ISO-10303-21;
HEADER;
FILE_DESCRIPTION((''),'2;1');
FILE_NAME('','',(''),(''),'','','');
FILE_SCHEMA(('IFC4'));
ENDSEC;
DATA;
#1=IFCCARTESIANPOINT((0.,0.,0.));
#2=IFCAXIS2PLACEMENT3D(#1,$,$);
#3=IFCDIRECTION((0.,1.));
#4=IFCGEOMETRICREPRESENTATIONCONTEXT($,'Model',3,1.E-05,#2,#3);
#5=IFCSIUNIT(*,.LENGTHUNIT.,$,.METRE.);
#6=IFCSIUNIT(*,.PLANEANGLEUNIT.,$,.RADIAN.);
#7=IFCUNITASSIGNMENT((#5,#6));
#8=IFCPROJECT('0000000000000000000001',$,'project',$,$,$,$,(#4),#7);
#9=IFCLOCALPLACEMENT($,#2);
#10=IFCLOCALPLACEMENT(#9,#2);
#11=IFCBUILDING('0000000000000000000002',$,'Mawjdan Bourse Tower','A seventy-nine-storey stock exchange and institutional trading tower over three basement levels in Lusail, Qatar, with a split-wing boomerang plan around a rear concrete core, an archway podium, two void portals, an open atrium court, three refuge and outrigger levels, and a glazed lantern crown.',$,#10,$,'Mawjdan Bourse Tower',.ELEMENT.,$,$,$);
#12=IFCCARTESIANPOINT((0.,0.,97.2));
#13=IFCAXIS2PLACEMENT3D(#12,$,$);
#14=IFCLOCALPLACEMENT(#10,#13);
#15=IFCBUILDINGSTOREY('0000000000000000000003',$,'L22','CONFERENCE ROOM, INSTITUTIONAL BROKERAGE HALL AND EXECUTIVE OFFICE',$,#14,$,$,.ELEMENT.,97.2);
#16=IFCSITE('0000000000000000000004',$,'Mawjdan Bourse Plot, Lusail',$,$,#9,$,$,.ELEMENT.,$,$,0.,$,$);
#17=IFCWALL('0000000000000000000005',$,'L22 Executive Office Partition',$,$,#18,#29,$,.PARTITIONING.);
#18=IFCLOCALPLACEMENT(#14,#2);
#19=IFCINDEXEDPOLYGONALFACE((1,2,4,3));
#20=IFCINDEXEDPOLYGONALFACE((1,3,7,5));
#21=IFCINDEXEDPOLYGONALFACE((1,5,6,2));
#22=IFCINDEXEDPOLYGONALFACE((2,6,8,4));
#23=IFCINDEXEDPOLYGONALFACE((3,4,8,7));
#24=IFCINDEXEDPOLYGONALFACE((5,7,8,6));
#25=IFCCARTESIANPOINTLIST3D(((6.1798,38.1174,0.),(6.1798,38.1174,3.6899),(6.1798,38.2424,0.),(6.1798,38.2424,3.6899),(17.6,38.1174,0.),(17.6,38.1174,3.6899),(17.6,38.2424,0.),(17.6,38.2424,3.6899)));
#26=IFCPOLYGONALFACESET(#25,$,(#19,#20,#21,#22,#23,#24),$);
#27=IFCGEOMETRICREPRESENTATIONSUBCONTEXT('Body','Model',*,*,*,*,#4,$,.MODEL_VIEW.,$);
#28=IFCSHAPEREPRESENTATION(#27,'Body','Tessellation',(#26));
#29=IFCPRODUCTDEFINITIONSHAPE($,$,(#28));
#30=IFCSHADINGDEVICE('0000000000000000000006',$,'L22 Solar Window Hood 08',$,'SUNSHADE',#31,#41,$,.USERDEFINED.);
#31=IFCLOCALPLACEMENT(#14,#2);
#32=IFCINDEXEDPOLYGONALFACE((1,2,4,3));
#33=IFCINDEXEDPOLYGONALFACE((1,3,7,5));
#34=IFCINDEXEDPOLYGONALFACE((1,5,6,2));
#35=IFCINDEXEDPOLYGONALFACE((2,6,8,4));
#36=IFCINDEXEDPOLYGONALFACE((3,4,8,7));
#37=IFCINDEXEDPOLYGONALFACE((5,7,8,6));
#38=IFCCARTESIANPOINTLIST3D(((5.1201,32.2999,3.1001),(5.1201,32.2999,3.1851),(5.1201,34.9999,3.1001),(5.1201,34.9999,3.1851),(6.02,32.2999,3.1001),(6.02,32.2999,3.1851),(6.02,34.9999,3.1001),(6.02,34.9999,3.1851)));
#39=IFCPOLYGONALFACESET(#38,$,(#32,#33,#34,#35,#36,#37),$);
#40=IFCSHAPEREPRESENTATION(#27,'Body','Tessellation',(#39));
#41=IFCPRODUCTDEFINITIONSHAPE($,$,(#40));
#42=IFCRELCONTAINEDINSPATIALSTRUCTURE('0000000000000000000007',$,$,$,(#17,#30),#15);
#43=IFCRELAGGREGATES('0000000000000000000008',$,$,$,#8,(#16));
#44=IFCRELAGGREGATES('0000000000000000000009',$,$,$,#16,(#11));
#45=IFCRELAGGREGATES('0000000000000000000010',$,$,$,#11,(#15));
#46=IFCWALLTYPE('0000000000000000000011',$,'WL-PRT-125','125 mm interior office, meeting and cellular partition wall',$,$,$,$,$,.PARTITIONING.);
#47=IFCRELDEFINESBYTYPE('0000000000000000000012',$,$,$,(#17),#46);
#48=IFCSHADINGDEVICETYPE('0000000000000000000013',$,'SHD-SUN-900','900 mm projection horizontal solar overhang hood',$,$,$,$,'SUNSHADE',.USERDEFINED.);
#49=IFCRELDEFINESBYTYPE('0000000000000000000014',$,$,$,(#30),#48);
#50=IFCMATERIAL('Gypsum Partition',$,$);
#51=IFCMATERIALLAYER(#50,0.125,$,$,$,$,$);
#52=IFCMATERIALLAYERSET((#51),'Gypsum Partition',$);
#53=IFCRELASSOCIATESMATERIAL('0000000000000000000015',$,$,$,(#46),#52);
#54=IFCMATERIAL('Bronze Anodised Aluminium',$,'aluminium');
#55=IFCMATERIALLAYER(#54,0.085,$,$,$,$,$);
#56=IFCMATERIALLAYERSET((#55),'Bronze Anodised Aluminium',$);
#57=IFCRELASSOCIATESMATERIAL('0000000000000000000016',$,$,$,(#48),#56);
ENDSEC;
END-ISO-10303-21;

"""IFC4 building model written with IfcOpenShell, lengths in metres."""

from ifc_helpers import new_model, si_unit, direction, frame, frame_2d, origin, origin_2d, place, context, subcontext, project, spatial, rectangle, extrude, material, layer, layer_set, type_object, element, save


model = new_model("IFC4")

# Units and contexts
model_context = context("Model", 3, precision=1e-05, world=origin(), true_north=direction((0.0, 1.0)))
body_context = subcontext(model_context, "Body", "Model", "MODEL_VIEW")
ifc_project = project(units=[si_unit("LENGTHUNIT", "METRE"), si_unit("PLANEANGLEUNIT", "RADIAN")], contexts=[model_context])

# Site, building, storey
site_placement = place(None, origin())
site = spatial("IfcSite", under=ifc_project, at=site_placement, Name="Mawjdan Bourse Plot, Lusail", CompositionType="ELEMENT", RefElevation=0.0)
building_placement = place(site_placement, origin())
building = spatial("IfcBuilding", under=site, at=building_placement, Name="Mawjdan Bourse Tower", Description="A seventy-nine-storey stock exchange and institutional trading tower over three basement levels in Lusail, Qatar, with a split-wing boomerang plan around a rear concrete core, an archway podium, two void portals, an open atrium court, three refuge and outrigger levels, and a glazed lantern crown.", LongName="Mawjdan Bourse Tower", CompositionType="ELEMENT")
storey_placement = place(building_placement, frame((0.0, 0.0, 97.2)))
storey = spatial("IfcBuildingStorey", under=building, at=storey_placement, Name="L22", Description="CONFERENCE ROOM, INSTITUTIONAL BROKERAGE HALL AND EXECUTIVE OFFICE", CompositionType="ELEMENT", Elevation=97.2)

# Wall
ifc_material_1 = material(Name="Gypsum Partition")
ifc_layer_1 = layer(ifc_material_1, 0.125)
ifc_layer_set_1 = layer_set([ifc_layer_1], Name="Gypsum Partition")
wall_type_1 = type_object("IfcWallType", Name="WL-PRT-125", Description="125 mm interior office, meeting and cellular partition wall", PredefinedType="PARTITIONING", material=ifc_layer_set_1)
wall_1_placement = place(storey_placement, frame((6.1799, 38.1799, 0.0), z_axis=(0.0, 0.0, 1.0), x_axis=(1.0, 0.0, 0.0)))
element("IfcWall", 1, at=wall_1_placement, inside=storey, type_object=wall_type_1, Name="L22 Executive Office Partition", PredefinedType="PARTITIONING", context=body_context, shape_type="SweptSolid", body=[
    extrude(rectangle(XDim=11.4202, YDim=0.125, at=frame_2d((5.71, 0.0))), origin(), (0.0, 0.0, 1.0), 3.6899),
])

# Shading device
ifc_material_2 = material(Name="Bronze Anodised Aluminium", Category="aluminium")
ifc_layer_2 = layer(ifc_material_2, 0.085)
ifc_layer_set_2 = layer_set([ifc_layer_2], Name="Bronze Anodised Aluminium")
shading_device_type = type_object("IfcShadingDeviceType", Name="SHD-SUN-900", Description="900 mm projection horizontal solar overhang hood", ElementType="SUNSHADE", PredefinedType="USERDEFINED", material=ifc_layer_set_2)
shading_device_placement = place(storey_placement, frame((5.5701, 33.6499, 3.1001), z_axis=(0.0, 0.0, 1.0), x_axis=(0.0, -1.0, 0.0)))
element("IfcShadingDevice", 2, at=shading_device_placement, inside=storey, type_object=shading_device_type, Name="L22 Solar Window Hood 08", ObjectType="SUNSHADE", PredefinedType="USERDEFINED", context=body_context, shape_type="SweptSolid", body=[
    extrude(rectangle(XDim=2.7, YDim=0.8999, at=origin_2d()), origin(), (0.0, 0.0, 1.0), 0.085),
])

save(model, "model.ifc")
